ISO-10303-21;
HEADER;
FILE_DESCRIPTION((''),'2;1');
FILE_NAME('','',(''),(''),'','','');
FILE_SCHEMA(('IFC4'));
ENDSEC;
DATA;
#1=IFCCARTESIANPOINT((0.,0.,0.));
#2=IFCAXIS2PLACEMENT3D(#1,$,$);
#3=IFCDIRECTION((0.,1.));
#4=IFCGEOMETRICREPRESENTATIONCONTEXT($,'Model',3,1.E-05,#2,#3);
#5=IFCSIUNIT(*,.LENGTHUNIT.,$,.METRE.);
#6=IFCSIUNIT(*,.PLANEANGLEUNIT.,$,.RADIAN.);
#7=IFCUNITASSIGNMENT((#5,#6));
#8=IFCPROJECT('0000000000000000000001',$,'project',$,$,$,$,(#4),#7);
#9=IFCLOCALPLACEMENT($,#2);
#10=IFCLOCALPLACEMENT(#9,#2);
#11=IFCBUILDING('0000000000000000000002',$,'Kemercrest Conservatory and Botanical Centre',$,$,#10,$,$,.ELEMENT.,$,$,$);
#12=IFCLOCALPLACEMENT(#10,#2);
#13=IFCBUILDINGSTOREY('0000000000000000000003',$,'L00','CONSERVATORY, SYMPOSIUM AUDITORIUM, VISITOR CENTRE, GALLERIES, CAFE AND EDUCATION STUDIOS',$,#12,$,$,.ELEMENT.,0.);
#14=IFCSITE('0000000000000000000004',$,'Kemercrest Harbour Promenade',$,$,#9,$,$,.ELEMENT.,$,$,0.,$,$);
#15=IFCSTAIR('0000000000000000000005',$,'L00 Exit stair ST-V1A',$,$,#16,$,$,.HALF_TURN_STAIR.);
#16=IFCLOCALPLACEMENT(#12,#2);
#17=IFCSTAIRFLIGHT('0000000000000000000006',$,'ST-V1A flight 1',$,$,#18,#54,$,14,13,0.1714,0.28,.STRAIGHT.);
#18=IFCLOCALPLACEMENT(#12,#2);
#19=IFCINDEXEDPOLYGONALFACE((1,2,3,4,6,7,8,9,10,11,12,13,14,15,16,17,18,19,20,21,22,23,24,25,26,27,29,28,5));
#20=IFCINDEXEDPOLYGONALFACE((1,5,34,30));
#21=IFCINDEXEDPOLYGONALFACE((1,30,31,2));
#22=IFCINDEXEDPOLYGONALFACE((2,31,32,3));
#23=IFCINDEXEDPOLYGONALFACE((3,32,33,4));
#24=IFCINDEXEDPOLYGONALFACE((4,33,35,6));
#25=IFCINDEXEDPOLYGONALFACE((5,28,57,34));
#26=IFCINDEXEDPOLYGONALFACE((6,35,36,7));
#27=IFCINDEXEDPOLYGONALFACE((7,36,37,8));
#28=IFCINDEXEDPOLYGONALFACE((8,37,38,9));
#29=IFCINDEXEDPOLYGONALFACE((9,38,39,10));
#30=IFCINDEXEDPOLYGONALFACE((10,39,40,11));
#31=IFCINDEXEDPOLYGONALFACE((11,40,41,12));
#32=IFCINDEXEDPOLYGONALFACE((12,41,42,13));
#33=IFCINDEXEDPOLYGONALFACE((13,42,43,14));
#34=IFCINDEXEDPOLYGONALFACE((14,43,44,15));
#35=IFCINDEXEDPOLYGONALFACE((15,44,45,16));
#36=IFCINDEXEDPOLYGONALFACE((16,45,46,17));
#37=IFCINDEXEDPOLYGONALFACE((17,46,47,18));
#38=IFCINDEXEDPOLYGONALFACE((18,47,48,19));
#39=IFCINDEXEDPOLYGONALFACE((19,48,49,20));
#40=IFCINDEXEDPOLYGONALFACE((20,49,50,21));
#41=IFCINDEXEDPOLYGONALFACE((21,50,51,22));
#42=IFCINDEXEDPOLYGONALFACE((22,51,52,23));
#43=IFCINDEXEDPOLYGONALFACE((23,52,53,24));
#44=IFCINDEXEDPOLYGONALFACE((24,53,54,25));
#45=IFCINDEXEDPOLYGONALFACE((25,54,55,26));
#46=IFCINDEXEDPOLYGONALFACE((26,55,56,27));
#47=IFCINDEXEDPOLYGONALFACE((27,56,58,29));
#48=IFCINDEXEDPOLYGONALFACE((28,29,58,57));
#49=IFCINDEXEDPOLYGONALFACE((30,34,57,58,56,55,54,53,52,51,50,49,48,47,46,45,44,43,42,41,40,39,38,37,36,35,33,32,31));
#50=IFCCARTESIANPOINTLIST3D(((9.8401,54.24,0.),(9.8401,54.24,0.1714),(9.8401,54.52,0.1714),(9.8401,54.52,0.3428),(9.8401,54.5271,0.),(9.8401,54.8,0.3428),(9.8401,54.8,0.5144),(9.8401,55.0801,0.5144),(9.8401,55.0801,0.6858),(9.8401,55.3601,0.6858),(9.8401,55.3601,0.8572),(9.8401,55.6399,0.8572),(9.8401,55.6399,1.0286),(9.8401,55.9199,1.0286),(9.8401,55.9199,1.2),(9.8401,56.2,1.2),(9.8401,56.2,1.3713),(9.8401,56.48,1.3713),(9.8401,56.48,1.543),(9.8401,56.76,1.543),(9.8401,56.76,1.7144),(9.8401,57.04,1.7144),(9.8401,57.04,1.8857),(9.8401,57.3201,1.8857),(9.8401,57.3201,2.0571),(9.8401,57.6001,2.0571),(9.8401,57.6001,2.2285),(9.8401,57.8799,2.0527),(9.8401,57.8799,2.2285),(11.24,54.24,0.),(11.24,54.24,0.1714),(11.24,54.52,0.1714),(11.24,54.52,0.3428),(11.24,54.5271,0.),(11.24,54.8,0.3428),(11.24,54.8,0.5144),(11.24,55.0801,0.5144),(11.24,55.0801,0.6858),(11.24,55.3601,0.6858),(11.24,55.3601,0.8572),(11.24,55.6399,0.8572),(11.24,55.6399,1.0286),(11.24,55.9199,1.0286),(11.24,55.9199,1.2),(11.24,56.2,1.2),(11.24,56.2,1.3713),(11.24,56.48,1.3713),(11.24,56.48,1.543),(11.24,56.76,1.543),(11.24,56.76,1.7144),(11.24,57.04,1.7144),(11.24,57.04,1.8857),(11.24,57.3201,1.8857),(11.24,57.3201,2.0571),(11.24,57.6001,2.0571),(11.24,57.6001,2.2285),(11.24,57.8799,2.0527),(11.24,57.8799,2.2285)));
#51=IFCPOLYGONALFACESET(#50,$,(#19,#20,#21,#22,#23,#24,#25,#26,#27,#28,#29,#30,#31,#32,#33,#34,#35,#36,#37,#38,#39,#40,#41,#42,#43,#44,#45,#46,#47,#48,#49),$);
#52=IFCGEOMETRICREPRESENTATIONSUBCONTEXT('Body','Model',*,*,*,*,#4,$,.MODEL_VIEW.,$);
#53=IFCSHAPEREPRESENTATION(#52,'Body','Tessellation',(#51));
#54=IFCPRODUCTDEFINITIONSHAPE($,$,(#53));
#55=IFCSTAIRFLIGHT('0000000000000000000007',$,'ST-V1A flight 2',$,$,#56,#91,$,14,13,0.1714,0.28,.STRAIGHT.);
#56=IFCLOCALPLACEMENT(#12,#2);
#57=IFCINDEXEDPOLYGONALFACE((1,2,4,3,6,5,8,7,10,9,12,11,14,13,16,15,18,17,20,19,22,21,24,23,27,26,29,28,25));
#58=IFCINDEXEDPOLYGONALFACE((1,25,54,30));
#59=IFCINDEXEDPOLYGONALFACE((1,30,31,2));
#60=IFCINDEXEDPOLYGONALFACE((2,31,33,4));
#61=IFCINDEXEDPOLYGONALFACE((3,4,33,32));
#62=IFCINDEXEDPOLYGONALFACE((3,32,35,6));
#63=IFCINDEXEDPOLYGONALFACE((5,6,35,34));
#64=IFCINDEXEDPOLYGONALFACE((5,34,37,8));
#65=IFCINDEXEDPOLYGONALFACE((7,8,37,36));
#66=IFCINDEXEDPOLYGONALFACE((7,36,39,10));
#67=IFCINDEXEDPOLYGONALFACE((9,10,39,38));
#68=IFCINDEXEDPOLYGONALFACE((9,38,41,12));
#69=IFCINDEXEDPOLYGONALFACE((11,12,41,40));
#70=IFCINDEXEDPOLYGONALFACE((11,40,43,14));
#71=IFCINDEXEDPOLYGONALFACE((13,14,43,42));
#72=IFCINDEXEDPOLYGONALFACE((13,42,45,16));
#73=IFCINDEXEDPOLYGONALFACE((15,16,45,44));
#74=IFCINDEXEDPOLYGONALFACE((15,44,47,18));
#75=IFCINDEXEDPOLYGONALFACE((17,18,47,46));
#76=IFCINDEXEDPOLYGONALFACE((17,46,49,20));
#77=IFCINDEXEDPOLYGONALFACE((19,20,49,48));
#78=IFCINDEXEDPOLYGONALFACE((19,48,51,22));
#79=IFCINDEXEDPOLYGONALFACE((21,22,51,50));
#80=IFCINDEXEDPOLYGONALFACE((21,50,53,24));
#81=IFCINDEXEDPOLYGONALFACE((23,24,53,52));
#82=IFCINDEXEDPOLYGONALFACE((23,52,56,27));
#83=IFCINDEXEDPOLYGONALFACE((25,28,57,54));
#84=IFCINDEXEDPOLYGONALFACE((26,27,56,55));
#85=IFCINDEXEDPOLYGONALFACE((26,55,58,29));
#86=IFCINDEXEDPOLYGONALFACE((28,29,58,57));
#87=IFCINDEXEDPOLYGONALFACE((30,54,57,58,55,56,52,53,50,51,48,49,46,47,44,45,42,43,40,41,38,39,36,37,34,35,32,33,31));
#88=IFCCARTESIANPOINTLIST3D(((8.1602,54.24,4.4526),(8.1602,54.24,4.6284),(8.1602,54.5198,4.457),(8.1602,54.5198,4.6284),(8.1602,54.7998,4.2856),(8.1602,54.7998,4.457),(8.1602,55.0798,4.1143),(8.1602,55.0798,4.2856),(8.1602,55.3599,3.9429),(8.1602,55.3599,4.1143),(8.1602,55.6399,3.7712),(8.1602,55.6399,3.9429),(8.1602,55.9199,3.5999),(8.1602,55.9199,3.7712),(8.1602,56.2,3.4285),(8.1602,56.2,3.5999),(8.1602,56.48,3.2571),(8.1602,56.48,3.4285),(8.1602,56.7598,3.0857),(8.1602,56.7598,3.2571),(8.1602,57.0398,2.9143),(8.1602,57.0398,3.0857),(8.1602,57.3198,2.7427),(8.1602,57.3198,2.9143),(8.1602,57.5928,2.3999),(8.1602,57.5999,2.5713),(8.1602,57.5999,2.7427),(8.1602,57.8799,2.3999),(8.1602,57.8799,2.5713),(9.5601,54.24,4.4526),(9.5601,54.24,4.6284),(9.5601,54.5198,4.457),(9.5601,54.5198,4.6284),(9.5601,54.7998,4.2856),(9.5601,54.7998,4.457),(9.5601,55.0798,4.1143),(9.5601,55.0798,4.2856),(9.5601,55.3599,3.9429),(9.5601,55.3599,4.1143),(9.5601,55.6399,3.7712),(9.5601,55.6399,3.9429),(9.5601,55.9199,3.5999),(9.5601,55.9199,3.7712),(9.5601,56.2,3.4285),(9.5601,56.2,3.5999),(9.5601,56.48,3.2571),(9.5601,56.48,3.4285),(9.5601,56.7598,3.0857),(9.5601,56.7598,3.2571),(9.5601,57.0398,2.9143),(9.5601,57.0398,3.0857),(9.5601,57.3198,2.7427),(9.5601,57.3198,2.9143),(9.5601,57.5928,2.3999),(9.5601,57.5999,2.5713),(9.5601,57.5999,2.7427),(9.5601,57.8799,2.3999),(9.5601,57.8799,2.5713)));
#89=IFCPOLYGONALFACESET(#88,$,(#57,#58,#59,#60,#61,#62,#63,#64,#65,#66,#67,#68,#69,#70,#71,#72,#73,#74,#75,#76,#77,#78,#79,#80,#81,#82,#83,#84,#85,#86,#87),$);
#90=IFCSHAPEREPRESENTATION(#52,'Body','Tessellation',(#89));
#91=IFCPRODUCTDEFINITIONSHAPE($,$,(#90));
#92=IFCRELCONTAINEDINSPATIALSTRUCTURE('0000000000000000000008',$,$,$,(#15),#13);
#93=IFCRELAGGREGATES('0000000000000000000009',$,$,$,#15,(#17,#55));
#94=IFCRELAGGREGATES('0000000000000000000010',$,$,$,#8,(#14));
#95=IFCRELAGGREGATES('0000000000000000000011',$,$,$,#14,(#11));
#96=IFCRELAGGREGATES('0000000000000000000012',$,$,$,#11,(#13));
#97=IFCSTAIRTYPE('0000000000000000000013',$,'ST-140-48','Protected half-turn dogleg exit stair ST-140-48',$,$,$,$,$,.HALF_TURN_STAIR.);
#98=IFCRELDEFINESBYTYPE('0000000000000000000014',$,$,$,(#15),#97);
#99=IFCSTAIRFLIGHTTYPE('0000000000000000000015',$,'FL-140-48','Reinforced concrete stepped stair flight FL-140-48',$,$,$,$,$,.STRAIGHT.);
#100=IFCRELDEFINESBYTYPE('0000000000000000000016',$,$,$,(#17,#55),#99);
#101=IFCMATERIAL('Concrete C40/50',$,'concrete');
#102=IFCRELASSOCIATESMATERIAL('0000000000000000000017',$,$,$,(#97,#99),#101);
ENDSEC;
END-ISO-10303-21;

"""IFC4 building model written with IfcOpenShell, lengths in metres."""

from ifc_helpers import new_model, si_unit, direction, frame, origin, place, context, subcontext, project, spatial, polyline, outline, extrude, material, type_object, element, aggregate, save


model = new_model("IFC4")

# Units and contexts
model_context = context("Model", 3, precision=1e-05, world=origin(), true_north=direction((0.0, 1.0)))
body_context = subcontext(model_context, "Body", "Model", "MODEL_VIEW")
ifc_project = project(units=[si_unit("LENGTHUNIT", "METRE"), si_unit("PLANEANGLEUNIT", "RADIAN")], contexts=[model_context])

# Site, building, storey
site_placement = place(None, origin())
site = spatial("IfcSite", under=ifc_project, at=site_placement, Name="Kemercrest Harbour Promenade", CompositionType="ELEMENT", RefElevation=0.0)
building_placement = place(site_placement, origin())
building = spatial("IfcBuilding", under=site, at=building_placement, Name="Kemercrest Conservatory and Botanical Centre", CompositionType="ELEMENT")
storey_placement = place(building_placement, origin())
storey = spatial("IfcBuildingStorey", under=building, at=storey_placement, Name="L00", Description="CONSERVATORY, SYMPOSIUM AUDITORIUM, VISITOR CENTRE, GALLERIES, CAFE AND EDUCATION STUDIOS", CompositionType="ELEMENT", Elevation=0.0)

# Shared definitions
ifc_material_1 = material(Name="Concrete C40/50", Category="concrete")

# Stair, stair flights
stair_type = type_object("IfcStairType", Name="ST-140-48", Description="Protected half-turn dogleg exit stair ST-140-48", PredefinedType="HALF_TURN_STAIR", material=ifc_material_1)
stair_placement = place(storey_placement, origin())
stair = element("IfcStair", 1, at=stair_placement, inside=storey, type_object=stair_type, Name="L00 Exit stair ST-V1A", PredefinedType="HALF_TURN_STAIR")
stair_flight_type = type_object("IfcStairFlightType", Name="FL-140-48", Description="Reinforced concrete stepped stair flight FL-140-48", PredefinedType="STRAIGHT", material=ifc_material_1)
stair_flight_1_placement = place(storey_placement, frame((10.54, 54.24, 0.0), z_axis=(0.0, 0.0, 1.0), x_axis=(0.0, 1.0, 0.0)))
stair_flight_1 = element("IfcStairFlight", 2, at=stair_flight_1_placement, type_object=stair_flight_type, Name="ST-V1A flight 1", NumberOfRisers=14, NumberOfTreads=13, PredefinedType="STRAIGHT", RiserHeight=0.1714, TreadLength=0.28, context=body_context, shape_type="SweptSolid", body=[
    extrude(outline(polyline([(0.0, 0.0), (0.0, 0.1714), (0.28, 0.1714), (0.28, 0.3428), (0.5601, 0.3428), (0.5601, 0.5144), (0.8401, 0.5144), (0.8401, 0.6858), (1.1201, 0.6858), (1.1201, 0.8572), (1.3999, 0.8572), (1.3999, 1.0286), (1.6799, 1.0286), (1.6799, 1.2), (1.96, 1.2), (1.96, 1.3713), (2.24, 1.3713), (2.24, 1.543), (2.52, 1.543), (2.52, 1.7144), (2.8, 1.7144), (2.8, 1.8857), (3.0801, 1.8857), (3.0801, 2.0571), (3.3601, 2.0571), (3.3601, 2.2285), (3.6399, 2.2285), (3.6399, 2.3999), (3.6399, 2.0527), (0.2871, 0.0), (0.0, 0.0)])), frame((0.0, 0.7, 0.0), z_axis=(0.0, -1.0, 0.0), x_axis=(1.0, 0.0, 0.0)), (0.0, 0.0, 1.0), 1.3999),
])
stair_flight_2_placement = place(storey_placement, frame((8.8601, 57.8799, 2.3999), z_axis=(0.0, 0.0, 1.0), x_axis=(0.0, -1.0, 0.0)))
stair_flight_2 = element("IfcStairFlight", 3, at=stair_flight_2_placement, type_object=stair_flight_type, Name="ST-V1A flight 2", NumberOfRisers=14, NumberOfTreads=13, PredefinedType="STRAIGHT", RiserHeight=0.1714, TreadLength=0.28, context=body_context, shape_type="SweptSolid", body=[
    extrude(outline(polyline([(0.0, 0.0), (0.0, 0.1714), (0.28, 0.1714), (0.28, 0.3428), (0.5601, 0.3428), (0.5601, 0.5144), (0.8401, 0.5144), (0.8401, 0.6858), (1.1201, 0.6858), (1.1201, 0.8572), (1.3999, 0.8572), (1.3999, 1.0286), (1.6799, 1.0286), (1.6799, 1.2), (1.96, 1.2), (1.96, 1.3713), (2.24, 1.3713), (2.24, 1.543), (2.52, 1.543), (2.52, 1.7144), (2.8, 1.7144), (2.8, 1.8857), (3.0801, 1.8857), (3.0801, 2.0571), (3.3601, 2.0571), (3.3601, 2.2285), (3.6399, 2.2285), (3.6399, 2.3999), (3.6399, 2.0527), (0.2871, 0.0), (0.0, 0.0)])), frame((0.0, 0.7, 0.0), z_axis=(0.0, -1.0, 0.0), x_axis=(1.0, 0.0, 0.0)), (0.0, 0.0, 1.0), 1.3999),
])
aggregate(stair, [stair_flight_1, stair_flight_2])

save(model, "model.ifc")
